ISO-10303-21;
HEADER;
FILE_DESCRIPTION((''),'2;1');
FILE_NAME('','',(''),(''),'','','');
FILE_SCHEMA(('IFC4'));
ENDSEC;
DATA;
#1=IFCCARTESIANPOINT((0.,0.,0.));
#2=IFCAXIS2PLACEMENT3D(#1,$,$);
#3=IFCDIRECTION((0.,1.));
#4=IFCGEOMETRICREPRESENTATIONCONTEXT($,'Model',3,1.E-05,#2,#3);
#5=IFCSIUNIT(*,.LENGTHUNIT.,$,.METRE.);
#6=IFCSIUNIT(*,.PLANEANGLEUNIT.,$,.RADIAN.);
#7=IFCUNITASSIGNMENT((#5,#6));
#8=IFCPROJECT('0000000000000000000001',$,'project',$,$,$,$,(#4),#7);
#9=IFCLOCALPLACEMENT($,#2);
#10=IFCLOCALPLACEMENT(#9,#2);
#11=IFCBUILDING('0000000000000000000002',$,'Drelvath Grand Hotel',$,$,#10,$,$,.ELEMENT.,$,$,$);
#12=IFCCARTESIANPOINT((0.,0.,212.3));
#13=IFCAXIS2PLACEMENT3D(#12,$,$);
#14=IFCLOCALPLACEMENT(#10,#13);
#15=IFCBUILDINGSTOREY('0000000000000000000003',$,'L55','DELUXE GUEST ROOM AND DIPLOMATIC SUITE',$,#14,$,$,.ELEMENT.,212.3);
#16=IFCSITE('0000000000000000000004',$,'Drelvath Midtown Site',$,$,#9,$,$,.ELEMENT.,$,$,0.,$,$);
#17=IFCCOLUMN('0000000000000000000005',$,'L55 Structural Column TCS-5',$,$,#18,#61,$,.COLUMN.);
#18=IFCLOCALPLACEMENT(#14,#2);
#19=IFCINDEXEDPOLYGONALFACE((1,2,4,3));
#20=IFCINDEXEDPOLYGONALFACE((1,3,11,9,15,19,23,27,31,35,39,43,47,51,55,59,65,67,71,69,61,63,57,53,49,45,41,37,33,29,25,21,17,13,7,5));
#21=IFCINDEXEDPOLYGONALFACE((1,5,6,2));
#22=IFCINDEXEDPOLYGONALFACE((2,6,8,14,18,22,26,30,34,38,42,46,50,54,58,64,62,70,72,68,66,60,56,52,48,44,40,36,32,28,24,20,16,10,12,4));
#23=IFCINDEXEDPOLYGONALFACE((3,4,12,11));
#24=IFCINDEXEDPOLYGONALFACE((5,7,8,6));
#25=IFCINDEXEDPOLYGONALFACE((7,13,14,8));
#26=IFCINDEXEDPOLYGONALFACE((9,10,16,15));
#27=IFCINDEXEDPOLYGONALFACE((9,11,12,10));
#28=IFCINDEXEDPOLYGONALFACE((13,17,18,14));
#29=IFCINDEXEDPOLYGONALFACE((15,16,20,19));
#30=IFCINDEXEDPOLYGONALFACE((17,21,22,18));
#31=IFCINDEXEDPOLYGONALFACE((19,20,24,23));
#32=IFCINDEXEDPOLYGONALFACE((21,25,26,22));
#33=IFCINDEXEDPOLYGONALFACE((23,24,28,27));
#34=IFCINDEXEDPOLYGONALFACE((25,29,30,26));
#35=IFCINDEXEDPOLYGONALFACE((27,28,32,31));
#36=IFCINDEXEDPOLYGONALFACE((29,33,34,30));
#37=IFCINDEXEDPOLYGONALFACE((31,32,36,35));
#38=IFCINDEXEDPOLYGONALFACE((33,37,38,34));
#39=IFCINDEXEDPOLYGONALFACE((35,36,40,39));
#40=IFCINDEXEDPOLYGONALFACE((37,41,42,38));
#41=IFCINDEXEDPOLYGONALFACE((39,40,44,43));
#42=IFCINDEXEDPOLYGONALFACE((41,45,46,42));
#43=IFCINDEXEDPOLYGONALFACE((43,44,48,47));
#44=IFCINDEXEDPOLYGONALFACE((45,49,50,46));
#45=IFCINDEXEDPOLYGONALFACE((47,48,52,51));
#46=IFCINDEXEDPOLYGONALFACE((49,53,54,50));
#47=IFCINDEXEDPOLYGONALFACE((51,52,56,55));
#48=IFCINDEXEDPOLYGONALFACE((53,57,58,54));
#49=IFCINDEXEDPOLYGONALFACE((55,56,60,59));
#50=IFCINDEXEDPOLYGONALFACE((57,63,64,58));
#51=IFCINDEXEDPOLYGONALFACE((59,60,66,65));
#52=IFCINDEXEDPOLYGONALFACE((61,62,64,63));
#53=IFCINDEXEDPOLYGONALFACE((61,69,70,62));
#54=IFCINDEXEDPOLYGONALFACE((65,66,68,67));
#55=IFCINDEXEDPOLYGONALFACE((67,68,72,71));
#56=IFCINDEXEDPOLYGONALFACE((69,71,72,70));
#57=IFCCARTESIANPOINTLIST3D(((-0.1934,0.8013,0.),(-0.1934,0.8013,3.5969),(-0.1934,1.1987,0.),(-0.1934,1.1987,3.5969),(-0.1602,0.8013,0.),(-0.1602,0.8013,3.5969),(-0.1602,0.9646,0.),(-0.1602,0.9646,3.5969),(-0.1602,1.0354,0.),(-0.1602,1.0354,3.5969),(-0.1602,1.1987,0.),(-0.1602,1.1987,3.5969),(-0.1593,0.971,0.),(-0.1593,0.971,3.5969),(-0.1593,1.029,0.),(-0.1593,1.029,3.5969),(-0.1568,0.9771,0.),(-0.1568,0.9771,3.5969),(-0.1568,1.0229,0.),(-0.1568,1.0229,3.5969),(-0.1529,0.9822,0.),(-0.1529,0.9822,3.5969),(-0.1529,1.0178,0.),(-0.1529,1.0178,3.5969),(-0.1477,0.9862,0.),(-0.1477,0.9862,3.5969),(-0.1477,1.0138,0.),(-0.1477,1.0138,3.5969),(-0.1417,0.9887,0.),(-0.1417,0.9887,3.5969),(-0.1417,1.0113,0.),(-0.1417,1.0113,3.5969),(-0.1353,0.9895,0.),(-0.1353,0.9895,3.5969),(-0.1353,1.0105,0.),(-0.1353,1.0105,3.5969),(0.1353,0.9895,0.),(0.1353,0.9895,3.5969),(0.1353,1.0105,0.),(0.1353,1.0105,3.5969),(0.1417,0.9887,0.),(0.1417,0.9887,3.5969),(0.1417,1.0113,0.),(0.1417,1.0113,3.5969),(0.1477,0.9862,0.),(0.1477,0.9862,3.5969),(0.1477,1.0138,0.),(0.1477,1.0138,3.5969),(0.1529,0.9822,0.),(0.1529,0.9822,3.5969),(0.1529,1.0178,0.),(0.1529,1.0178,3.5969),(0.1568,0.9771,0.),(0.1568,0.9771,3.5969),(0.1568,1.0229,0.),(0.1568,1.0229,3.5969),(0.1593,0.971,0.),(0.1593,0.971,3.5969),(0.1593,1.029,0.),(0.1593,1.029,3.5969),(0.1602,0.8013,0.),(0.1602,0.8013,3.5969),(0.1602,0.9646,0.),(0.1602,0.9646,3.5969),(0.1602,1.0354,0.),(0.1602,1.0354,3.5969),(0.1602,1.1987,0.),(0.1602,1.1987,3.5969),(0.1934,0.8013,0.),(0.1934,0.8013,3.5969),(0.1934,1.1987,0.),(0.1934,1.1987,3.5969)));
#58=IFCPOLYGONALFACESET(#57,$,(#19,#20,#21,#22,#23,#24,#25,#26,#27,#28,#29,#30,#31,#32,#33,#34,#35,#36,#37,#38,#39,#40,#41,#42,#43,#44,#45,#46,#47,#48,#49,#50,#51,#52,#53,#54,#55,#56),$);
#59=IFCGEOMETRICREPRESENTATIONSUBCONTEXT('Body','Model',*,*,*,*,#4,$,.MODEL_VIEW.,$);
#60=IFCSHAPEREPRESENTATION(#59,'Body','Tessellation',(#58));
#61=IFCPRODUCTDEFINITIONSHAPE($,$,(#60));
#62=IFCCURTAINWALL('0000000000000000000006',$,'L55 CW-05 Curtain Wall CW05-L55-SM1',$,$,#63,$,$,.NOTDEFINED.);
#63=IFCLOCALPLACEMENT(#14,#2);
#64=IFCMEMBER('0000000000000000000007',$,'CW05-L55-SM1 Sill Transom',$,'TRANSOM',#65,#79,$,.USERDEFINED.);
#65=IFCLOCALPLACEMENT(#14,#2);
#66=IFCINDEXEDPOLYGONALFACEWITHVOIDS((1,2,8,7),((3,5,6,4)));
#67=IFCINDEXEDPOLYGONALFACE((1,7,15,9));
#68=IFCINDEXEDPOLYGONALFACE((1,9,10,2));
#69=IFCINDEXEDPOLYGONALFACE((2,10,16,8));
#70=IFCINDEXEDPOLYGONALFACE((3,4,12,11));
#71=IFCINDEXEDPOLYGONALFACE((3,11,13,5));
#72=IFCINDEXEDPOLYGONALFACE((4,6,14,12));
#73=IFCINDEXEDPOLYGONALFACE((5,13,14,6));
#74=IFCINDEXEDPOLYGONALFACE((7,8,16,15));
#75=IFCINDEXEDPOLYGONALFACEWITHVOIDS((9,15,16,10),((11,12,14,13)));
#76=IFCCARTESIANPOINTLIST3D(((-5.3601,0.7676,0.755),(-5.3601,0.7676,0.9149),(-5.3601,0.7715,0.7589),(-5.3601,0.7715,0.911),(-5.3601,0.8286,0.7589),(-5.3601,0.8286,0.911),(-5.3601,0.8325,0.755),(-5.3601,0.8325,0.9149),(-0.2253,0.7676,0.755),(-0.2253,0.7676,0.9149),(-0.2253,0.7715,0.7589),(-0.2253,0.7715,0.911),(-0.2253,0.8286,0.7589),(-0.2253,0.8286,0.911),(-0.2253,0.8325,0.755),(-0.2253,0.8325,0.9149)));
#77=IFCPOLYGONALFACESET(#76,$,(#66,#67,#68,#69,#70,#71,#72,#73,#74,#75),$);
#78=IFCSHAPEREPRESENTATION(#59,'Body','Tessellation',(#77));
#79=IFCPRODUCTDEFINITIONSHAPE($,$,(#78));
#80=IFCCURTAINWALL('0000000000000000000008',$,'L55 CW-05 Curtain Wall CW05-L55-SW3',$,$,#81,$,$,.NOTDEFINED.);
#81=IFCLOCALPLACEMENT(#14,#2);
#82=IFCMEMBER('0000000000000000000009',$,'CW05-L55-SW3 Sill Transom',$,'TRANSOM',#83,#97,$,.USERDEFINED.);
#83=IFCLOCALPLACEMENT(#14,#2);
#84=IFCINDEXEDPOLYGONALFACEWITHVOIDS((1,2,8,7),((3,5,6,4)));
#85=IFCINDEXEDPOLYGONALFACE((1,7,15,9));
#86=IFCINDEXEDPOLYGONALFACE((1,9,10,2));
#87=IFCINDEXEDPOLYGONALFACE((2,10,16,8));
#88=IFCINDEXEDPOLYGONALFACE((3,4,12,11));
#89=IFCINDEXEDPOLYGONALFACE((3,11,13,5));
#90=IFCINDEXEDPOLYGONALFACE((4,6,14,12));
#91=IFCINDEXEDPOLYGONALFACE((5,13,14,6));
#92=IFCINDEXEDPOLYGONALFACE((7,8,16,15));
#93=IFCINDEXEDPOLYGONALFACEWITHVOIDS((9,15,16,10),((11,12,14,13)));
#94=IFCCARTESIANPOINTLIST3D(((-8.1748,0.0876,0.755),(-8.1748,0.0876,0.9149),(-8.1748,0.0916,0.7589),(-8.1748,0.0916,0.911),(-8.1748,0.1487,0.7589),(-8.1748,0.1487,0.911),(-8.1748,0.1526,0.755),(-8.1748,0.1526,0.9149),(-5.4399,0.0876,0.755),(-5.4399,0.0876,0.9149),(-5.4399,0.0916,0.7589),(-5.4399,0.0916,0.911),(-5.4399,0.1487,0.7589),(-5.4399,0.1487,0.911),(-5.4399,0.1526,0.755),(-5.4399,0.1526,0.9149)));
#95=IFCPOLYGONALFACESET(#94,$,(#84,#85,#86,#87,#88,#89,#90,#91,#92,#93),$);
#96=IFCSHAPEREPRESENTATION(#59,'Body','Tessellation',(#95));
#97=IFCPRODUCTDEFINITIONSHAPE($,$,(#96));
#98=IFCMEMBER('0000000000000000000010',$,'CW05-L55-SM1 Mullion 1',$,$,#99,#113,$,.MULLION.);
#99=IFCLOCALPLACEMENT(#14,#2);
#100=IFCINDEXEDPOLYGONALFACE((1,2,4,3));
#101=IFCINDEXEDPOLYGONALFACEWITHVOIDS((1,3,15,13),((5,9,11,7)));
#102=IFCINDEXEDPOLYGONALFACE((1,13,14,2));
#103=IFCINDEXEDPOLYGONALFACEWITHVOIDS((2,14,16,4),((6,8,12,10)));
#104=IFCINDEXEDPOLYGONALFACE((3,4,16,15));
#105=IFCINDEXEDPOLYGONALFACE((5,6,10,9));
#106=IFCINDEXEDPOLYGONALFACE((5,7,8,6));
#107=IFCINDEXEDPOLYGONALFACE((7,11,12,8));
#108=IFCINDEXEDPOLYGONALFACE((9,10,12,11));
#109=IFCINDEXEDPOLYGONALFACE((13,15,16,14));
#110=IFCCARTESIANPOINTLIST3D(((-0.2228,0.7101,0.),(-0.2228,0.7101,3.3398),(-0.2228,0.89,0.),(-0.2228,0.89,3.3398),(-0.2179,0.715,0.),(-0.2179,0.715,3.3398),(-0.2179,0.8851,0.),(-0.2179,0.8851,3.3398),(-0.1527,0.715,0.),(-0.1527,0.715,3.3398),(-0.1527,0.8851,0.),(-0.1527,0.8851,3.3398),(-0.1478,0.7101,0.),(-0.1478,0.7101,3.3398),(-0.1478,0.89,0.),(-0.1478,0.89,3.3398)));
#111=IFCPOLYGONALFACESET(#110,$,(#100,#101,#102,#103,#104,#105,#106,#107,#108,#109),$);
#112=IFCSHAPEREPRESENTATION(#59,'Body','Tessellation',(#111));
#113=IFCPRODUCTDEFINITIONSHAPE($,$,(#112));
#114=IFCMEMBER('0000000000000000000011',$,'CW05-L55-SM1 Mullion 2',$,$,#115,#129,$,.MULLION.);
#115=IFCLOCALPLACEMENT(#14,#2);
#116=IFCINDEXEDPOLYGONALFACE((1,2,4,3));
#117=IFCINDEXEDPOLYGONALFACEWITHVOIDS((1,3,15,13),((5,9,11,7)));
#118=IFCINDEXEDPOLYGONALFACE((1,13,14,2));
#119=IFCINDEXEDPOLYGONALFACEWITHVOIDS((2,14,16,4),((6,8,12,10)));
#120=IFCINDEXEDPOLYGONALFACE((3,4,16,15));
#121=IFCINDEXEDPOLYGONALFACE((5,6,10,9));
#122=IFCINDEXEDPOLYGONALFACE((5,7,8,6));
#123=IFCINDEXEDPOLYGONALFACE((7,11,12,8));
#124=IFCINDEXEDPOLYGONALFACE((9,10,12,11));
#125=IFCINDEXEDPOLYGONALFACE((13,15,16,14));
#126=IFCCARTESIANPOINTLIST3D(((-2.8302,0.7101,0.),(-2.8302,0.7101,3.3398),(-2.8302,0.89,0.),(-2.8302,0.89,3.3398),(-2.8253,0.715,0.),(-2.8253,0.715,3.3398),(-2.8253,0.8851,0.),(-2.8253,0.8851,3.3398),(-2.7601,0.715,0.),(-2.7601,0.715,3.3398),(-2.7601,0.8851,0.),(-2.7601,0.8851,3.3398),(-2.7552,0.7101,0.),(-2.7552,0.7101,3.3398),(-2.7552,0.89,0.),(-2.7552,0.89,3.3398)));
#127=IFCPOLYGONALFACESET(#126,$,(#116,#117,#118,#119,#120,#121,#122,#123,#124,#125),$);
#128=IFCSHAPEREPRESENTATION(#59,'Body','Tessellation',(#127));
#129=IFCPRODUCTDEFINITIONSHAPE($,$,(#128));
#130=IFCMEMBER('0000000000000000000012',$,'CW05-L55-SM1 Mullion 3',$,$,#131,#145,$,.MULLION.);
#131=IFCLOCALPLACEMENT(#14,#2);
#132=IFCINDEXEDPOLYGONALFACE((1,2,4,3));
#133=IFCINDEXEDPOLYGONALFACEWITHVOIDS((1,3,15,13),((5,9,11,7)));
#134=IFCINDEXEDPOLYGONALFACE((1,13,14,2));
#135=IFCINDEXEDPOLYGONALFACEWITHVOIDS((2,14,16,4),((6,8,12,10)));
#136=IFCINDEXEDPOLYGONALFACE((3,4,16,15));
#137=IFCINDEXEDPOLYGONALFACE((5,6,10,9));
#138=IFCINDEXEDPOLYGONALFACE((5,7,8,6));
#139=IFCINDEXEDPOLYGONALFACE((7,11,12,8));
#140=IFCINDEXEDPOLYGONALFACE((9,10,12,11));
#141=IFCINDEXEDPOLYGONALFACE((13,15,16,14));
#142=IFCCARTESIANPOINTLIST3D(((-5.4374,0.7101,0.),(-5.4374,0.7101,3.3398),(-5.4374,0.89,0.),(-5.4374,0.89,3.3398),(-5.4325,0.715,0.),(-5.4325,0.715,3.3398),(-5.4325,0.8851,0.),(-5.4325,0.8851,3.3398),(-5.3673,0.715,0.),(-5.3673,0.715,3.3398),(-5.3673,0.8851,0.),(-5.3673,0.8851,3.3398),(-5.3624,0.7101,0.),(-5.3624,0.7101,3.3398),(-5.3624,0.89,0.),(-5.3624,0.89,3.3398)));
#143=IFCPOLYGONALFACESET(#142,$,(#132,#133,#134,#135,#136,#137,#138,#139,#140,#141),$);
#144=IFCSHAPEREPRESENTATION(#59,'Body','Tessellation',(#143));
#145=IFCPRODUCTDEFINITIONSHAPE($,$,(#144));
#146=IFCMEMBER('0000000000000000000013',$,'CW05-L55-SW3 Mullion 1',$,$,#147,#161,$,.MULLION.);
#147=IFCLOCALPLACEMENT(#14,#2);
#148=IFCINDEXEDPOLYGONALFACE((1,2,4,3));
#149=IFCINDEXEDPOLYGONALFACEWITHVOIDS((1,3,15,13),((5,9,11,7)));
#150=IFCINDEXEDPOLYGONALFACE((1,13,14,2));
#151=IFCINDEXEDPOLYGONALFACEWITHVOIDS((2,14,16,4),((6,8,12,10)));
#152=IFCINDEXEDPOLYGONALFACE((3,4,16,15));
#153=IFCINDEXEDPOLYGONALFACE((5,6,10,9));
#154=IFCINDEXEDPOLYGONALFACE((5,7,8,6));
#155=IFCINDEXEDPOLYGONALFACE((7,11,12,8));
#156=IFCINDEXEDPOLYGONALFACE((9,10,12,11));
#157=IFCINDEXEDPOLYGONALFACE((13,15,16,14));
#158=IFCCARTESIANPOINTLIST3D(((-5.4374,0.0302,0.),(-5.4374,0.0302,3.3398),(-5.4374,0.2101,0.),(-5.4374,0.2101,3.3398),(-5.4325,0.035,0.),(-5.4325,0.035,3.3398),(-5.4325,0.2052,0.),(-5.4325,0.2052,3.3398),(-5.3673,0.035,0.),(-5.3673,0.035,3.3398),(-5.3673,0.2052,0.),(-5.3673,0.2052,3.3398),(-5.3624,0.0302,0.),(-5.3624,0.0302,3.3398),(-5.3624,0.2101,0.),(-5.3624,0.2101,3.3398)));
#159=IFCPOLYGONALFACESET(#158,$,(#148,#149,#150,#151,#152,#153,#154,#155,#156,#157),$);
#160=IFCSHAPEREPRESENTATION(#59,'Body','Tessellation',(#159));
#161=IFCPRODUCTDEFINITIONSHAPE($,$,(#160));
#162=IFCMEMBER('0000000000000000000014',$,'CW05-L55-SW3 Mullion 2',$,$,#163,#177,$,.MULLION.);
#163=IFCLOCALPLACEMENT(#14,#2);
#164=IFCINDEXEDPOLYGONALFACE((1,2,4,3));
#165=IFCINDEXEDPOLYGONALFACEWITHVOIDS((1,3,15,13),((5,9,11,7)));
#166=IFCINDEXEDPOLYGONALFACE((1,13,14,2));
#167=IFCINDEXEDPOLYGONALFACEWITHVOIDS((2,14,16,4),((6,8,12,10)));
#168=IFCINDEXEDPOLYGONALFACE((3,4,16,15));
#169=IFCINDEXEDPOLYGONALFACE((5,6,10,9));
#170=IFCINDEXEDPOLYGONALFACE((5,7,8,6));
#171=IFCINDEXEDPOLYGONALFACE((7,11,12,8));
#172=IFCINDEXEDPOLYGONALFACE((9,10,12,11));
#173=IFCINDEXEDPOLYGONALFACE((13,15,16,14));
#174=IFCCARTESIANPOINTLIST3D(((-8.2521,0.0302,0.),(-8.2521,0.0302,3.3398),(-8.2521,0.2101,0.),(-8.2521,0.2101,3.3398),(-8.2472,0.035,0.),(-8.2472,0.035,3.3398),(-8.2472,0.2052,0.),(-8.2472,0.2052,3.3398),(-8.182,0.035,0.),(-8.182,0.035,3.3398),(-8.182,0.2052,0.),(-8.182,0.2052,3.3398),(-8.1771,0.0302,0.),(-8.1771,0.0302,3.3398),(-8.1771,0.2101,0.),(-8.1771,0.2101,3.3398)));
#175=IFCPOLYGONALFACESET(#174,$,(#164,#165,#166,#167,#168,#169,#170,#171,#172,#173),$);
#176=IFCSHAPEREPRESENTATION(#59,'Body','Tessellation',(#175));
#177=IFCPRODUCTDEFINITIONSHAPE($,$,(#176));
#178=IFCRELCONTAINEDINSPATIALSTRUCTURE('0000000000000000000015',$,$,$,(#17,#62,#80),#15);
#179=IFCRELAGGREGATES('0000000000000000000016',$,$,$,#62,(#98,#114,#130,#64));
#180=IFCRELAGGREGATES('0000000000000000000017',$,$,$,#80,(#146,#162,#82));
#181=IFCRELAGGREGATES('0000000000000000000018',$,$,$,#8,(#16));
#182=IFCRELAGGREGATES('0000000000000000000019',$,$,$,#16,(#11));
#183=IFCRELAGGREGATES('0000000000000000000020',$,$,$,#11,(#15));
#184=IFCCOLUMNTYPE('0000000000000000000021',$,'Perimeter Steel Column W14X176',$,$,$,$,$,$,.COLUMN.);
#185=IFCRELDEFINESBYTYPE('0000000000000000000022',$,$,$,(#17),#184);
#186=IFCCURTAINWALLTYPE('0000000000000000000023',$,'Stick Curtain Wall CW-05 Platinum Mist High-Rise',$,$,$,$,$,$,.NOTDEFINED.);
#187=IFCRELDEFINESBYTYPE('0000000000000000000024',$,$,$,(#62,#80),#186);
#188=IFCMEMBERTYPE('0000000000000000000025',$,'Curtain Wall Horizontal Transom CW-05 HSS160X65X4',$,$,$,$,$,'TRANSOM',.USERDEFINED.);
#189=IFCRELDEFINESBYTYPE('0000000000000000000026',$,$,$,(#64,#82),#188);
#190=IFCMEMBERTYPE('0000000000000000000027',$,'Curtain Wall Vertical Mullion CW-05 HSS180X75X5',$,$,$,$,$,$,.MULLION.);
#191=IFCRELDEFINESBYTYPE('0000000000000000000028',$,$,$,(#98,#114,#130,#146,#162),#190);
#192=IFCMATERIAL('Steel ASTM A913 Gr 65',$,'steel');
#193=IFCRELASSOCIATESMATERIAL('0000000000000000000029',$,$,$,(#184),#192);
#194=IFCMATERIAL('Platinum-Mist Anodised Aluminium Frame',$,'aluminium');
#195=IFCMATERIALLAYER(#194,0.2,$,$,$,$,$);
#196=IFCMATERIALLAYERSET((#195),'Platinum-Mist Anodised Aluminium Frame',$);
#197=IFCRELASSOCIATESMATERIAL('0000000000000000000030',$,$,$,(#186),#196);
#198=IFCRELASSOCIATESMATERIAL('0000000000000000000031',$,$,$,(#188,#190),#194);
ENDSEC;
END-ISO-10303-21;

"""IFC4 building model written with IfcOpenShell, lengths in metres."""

from ifc_helpers import new_model, si_unit, direction, frame, origin, origin_2d, place, context, subcontext, project, spatial, hollow_rectangle, i_section, extrude, material, layer, layer_set, material_profile, profile_set, type_object, element, aggregate, save


model = new_model("IFC4")

# Units and contexts
model_context = context("Model", 3, precision=1e-05, world=origin(), true_north=direction((0.0, 1.0)))
body_context = subcontext(model_context, "Body", "Model", "MODEL_VIEW")
ifc_project = project(units=[si_unit("LENGTHUNIT", "METRE"), si_unit("PLANEANGLEUNIT", "RADIAN")], contexts=[model_context])

# Site, building, storey
site_placement = place(None, origin())
site = spatial("IfcSite", under=ifc_project, at=site_placement, Name="Drelvath Midtown Site", CompositionType="ELEMENT", RefElevation=0.0)
building_placement = place(site_placement, origin())
building = spatial("IfcBuilding", under=site, at=building_placement, Name="Drelvath Grand Hotel", CompositionType="ELEMENT")
storey_placement = place(building_placement, frame((0.0, 0.0, 212.3)))
storey = spatial("IfcBuildingStorey", under=building, at=storey_placement, Name="L55", Description="DELUXE GUEST ROOM AND DIPLOMATIC SUITE", CompositionType="ELEMENT", Elevation=212.3)

# Column
ifc_material_1 = material(Name="Steel ASTM A913 Gr 65", Category="steel")
ifc_material_profile_1 = material_profile(ifc_material_1, i_section(OverallWidth=0.3975, OverallDepth=0.3867, WebThickness=0.021, FlangeThickness=0.0332, FilletRadius=0.0249, at=origin_2d()), Name="W14X176")
ifc_profile_set_1 = profile_set([ifc_material_profile_1], Name="Steel ASTM A913 Gr 65")
column_type = type_object("IfcColumnType", Name="Perimeter Steel Column W14X176", PredefinedType="COLUMN", material=ifc_profile_set_1)
column_placement = place(storey_placement, frame((0.0, 1.0, 0.0), z_axis=(0.0, 0.0, 1.0), x_axis=(0.0, 1.0, 0.0)))
element("IfcColumn", 1, at=column_placement, inside=storey, type_object=column_type, Name="L55 Structural Column TCS-5", PredefinedType="COLUMN", context=body_context, shape_type="SweptSolid", body=[
    extrude(i_section(OverallWidth=0.3975, OverallDepth=0.3867, WebThickness=0.021, FlangeThickness=0.0332, FilletRadius=0.0249, at=origin_2d()), origin(), (0.0, 0.0, 1.0), 3.5969),
])

# Curtain walls, members
ifc_material_2 = material(Name="Platinum-Mist Anodised Aluminium Frame", Category="aluminium")
ifc_layer_1 = layer(ifc_material_2, 0.2)
ifc_layer_set_1 = layer_set([ifc_layer_1], Name="Platinum-Mist Anodised Aluminium Frame")
curtain_wall_type = type_object("IfcCurtainWallType", Name="Stick Curtain Wall CW-05 Platinum Mist High-Rise", PredefinedType="NOTDEFINED", material=ifc_layer_set_1)
curtain_wall_1_placement = place(storey_placement, origin())
curtain_wall_1 = element("IfcCurtainWall", 2, at=curtain_wall_1_placement, inside=storey, type_object=curtain_wall_type, Name="L55 CW-05 Curtain Wall CW05-L55-SM1", PredefinedType="NOTDEFINED")
ifc_material_profile_2 = material_profile(ifc_material_2, hollow_rectangle(XDim=0.0649, YDim=0.1599, WallThickness=0.0039, at=origin_2d()), Name="HSS160X65X4")
ifc_profile_set_2 = profile_set([ifc_material_profile_2], Name="Platinum-Mist Anodised Aluminium Frame")
member_type_1 = type_object("IfcMemberType", Name="Curtain Wall Horizontal Transom CW-05 HSS160X65X4", ElementType="TRANSOM", PredefinedType="USERDEFINED", material=ifc_profile_set_2)
member_1_placement = place(storey_placement, frame((-0.2253, 0.8, 0.835), z_axis=(-1.0, 0.0, 0.0), x_axis=(0.0, -1.0, 0.0)))
member_1 = element("IfcMember", 3, at=member_1_placement, type_object=member_type_1, Name="CW05-L55-SM1 Sill Transom", ObjectType="TRANSOM", PredefinedType="USERDEFINED", context=body_context, shape_type="SweptSolid", body=[
    extrude(hollow_rectangle(XDim=0.0649, YDim=0.1599, WallThickness=0.0039, at=origin_2d()), origin(), (0.0, 0.0, 1.0), 5.1348),
])
curtain_wall_2_placement = place(storey_placement, origin())
curtain_wall_2 = element("IfcCurtainWall", 4, at=curtain_wall_2_placement, inside=storey, type_object=curtain_wall_type, Name="L55 CW-05 Curtain Wall CW05-L55-SW3", PredefinedType="NOTDEFINED")
member_2_placement = place(storey_placement, frame((-5.4399, 0.1201, 0.835), z_axis=(-1.0, 0.0, 0.0), x_axis=(0.0, -1.0, 0.0)))
member_2 = element("IfcMember", 5, at=member_2_placement, type_object=member_type_1, Name="CW05-L55-SW3 Sill Transom", ObjectType="TRANSOM", PredefinedType="USERDEFINED", context=body_context, shape_type="SweptSolid", body=[
    extrude(hollow_rectangle(XDim=0.0649, YDim=0.1599, WallThickness=0.0039, at=origin_2d()), origin(), (0.0, 0.0, 1.0), 2.7349),
])

# Members
ifc_material_profile_3 = material_profile(ifc_material_2, hollow_rectangle(XDim=0.075, YDim=0.1799, WallThickness=0.0049, at=origin_2d()), Name="HSS180X75X5")
ifc_profile_set_3 = profile_set([ifc_material_profile_3], Name="Platinum-Mist Anodised Aluminium Frame")
member_type_2 = type_object("IfcMemberType", Name="Curtain Wall Vertical Mullion CW-05 HSS180X75X5", PredefinedType="MULLION", material=ifc_profile_set_3)
member_3_placement = place(storey_placement, frame((-0.1853, 0.8, 0.0), z_axis=(0.0, 0.0, 1.0), x_axis=(1.0, 0.0, 0.0)))
member_3 = element("IfcMember", 6, at=member_3_placement, type_object=member_type_2, Name="CW05-L55-SM1 Mullion 1", PredefinedType="MULLION", context=body_context, shape_type="SweptSolid", body=[
    extrude(hollow_rectangle(XDim=0.075, YDim=0.1799, WallThickness=0.0049, at=origin_2d()), origin(), (0.0, 0.0, 1.0), 3.3398),
])
member_4_placement = place(storey_placement, frame((-2.7927, 0.8, 0.0), z_axis=(0.0, 0.0, 1.0), x_axis=(1.0, 0.0, 0.0)))
member_4 = element("IfcMember", 7, at=member_4_placement, type_object=member_type_2, Name="CW05-L55-SM1 Mullion 2", PredefinedType="MULLION", context=body_context, shape_type="SweptSolid", body=[
    extrude(hollow_rectangle(XDim=0.075, YDim=0.1799, WallThickness=0.0049, at=origin_2d()), origin(), (0.0, 0.0, 1.0), 3.3398),
])
member_5_placement = place(storey_placement, frame((-5.3999, 0.8, 0.0), z_axis=(0.0, 0.0, 1.0), x_axis=(1.0, 0.0, 0.0)))
member_5 = element("IfcMember", 8, at=member_5_placement, type_object=member_type_2, Name="CW05-L55-SM1 Mullion 3", PredefinedType="MULLION", context=body_context, shape_type="SweptSolid", body=[
    extrude(hollow_rectangle(XDim=0.075, YDim=0.1799, WallThickness=0.0049, at=origin_2d()), origin(), (0.0, 0.0, 1.0), 3.3398),
])
member_6_placement = place(storey_placement, frame((-5.3999, 0.1201, 0.0), z_axis=(0.0, 0.0, 1.0), x_axis=(1.0, 0.0, 0.0)))
member_6 = element("IfcMember", 9, at=member_6_placement, type_object=member_type_2, Name="CW05-L55-SW3 Mullion 1", PredefinedType="MULLION", context=body_context, shape_type="SweptSolid", body=[
    extrude(hollow_rectangle(XDim=0.075, YDim=0.1799, WallThickness=0.0049, at=origin_2d()), origin(), (0.0, 0.0, 1.0), 3.3398),
])
member_7_placement = place(storey_placement, frame((-8.2146, 0.1201, 0.0), z_axis=(0.0, 0.0, 1.0), x_axis=(1.0, 0.0, 0.0)))
member_7 = element("IfcMember", 10, at=member_7_placement, type_object=member_type_2, Name="CW05-L55-SW3 Mullion 2", PredefinedType="MULLION", context=body_context, shape_type="SweptSolid", body=[
    extrude(hollow_rectangle(XDim=0.075, YDim=0.1799, WallThickness=0.0049, at=origin_2d()), origin(), (0.0, 0.0, 1.0), 3.3398),
])

aggregate(curtain_wall_1, [member_3, member_4, member_5, member_1])
aggregate(curtain_wall_2, [member_6, member_7, member_2])

save(model, "model.ifc")
